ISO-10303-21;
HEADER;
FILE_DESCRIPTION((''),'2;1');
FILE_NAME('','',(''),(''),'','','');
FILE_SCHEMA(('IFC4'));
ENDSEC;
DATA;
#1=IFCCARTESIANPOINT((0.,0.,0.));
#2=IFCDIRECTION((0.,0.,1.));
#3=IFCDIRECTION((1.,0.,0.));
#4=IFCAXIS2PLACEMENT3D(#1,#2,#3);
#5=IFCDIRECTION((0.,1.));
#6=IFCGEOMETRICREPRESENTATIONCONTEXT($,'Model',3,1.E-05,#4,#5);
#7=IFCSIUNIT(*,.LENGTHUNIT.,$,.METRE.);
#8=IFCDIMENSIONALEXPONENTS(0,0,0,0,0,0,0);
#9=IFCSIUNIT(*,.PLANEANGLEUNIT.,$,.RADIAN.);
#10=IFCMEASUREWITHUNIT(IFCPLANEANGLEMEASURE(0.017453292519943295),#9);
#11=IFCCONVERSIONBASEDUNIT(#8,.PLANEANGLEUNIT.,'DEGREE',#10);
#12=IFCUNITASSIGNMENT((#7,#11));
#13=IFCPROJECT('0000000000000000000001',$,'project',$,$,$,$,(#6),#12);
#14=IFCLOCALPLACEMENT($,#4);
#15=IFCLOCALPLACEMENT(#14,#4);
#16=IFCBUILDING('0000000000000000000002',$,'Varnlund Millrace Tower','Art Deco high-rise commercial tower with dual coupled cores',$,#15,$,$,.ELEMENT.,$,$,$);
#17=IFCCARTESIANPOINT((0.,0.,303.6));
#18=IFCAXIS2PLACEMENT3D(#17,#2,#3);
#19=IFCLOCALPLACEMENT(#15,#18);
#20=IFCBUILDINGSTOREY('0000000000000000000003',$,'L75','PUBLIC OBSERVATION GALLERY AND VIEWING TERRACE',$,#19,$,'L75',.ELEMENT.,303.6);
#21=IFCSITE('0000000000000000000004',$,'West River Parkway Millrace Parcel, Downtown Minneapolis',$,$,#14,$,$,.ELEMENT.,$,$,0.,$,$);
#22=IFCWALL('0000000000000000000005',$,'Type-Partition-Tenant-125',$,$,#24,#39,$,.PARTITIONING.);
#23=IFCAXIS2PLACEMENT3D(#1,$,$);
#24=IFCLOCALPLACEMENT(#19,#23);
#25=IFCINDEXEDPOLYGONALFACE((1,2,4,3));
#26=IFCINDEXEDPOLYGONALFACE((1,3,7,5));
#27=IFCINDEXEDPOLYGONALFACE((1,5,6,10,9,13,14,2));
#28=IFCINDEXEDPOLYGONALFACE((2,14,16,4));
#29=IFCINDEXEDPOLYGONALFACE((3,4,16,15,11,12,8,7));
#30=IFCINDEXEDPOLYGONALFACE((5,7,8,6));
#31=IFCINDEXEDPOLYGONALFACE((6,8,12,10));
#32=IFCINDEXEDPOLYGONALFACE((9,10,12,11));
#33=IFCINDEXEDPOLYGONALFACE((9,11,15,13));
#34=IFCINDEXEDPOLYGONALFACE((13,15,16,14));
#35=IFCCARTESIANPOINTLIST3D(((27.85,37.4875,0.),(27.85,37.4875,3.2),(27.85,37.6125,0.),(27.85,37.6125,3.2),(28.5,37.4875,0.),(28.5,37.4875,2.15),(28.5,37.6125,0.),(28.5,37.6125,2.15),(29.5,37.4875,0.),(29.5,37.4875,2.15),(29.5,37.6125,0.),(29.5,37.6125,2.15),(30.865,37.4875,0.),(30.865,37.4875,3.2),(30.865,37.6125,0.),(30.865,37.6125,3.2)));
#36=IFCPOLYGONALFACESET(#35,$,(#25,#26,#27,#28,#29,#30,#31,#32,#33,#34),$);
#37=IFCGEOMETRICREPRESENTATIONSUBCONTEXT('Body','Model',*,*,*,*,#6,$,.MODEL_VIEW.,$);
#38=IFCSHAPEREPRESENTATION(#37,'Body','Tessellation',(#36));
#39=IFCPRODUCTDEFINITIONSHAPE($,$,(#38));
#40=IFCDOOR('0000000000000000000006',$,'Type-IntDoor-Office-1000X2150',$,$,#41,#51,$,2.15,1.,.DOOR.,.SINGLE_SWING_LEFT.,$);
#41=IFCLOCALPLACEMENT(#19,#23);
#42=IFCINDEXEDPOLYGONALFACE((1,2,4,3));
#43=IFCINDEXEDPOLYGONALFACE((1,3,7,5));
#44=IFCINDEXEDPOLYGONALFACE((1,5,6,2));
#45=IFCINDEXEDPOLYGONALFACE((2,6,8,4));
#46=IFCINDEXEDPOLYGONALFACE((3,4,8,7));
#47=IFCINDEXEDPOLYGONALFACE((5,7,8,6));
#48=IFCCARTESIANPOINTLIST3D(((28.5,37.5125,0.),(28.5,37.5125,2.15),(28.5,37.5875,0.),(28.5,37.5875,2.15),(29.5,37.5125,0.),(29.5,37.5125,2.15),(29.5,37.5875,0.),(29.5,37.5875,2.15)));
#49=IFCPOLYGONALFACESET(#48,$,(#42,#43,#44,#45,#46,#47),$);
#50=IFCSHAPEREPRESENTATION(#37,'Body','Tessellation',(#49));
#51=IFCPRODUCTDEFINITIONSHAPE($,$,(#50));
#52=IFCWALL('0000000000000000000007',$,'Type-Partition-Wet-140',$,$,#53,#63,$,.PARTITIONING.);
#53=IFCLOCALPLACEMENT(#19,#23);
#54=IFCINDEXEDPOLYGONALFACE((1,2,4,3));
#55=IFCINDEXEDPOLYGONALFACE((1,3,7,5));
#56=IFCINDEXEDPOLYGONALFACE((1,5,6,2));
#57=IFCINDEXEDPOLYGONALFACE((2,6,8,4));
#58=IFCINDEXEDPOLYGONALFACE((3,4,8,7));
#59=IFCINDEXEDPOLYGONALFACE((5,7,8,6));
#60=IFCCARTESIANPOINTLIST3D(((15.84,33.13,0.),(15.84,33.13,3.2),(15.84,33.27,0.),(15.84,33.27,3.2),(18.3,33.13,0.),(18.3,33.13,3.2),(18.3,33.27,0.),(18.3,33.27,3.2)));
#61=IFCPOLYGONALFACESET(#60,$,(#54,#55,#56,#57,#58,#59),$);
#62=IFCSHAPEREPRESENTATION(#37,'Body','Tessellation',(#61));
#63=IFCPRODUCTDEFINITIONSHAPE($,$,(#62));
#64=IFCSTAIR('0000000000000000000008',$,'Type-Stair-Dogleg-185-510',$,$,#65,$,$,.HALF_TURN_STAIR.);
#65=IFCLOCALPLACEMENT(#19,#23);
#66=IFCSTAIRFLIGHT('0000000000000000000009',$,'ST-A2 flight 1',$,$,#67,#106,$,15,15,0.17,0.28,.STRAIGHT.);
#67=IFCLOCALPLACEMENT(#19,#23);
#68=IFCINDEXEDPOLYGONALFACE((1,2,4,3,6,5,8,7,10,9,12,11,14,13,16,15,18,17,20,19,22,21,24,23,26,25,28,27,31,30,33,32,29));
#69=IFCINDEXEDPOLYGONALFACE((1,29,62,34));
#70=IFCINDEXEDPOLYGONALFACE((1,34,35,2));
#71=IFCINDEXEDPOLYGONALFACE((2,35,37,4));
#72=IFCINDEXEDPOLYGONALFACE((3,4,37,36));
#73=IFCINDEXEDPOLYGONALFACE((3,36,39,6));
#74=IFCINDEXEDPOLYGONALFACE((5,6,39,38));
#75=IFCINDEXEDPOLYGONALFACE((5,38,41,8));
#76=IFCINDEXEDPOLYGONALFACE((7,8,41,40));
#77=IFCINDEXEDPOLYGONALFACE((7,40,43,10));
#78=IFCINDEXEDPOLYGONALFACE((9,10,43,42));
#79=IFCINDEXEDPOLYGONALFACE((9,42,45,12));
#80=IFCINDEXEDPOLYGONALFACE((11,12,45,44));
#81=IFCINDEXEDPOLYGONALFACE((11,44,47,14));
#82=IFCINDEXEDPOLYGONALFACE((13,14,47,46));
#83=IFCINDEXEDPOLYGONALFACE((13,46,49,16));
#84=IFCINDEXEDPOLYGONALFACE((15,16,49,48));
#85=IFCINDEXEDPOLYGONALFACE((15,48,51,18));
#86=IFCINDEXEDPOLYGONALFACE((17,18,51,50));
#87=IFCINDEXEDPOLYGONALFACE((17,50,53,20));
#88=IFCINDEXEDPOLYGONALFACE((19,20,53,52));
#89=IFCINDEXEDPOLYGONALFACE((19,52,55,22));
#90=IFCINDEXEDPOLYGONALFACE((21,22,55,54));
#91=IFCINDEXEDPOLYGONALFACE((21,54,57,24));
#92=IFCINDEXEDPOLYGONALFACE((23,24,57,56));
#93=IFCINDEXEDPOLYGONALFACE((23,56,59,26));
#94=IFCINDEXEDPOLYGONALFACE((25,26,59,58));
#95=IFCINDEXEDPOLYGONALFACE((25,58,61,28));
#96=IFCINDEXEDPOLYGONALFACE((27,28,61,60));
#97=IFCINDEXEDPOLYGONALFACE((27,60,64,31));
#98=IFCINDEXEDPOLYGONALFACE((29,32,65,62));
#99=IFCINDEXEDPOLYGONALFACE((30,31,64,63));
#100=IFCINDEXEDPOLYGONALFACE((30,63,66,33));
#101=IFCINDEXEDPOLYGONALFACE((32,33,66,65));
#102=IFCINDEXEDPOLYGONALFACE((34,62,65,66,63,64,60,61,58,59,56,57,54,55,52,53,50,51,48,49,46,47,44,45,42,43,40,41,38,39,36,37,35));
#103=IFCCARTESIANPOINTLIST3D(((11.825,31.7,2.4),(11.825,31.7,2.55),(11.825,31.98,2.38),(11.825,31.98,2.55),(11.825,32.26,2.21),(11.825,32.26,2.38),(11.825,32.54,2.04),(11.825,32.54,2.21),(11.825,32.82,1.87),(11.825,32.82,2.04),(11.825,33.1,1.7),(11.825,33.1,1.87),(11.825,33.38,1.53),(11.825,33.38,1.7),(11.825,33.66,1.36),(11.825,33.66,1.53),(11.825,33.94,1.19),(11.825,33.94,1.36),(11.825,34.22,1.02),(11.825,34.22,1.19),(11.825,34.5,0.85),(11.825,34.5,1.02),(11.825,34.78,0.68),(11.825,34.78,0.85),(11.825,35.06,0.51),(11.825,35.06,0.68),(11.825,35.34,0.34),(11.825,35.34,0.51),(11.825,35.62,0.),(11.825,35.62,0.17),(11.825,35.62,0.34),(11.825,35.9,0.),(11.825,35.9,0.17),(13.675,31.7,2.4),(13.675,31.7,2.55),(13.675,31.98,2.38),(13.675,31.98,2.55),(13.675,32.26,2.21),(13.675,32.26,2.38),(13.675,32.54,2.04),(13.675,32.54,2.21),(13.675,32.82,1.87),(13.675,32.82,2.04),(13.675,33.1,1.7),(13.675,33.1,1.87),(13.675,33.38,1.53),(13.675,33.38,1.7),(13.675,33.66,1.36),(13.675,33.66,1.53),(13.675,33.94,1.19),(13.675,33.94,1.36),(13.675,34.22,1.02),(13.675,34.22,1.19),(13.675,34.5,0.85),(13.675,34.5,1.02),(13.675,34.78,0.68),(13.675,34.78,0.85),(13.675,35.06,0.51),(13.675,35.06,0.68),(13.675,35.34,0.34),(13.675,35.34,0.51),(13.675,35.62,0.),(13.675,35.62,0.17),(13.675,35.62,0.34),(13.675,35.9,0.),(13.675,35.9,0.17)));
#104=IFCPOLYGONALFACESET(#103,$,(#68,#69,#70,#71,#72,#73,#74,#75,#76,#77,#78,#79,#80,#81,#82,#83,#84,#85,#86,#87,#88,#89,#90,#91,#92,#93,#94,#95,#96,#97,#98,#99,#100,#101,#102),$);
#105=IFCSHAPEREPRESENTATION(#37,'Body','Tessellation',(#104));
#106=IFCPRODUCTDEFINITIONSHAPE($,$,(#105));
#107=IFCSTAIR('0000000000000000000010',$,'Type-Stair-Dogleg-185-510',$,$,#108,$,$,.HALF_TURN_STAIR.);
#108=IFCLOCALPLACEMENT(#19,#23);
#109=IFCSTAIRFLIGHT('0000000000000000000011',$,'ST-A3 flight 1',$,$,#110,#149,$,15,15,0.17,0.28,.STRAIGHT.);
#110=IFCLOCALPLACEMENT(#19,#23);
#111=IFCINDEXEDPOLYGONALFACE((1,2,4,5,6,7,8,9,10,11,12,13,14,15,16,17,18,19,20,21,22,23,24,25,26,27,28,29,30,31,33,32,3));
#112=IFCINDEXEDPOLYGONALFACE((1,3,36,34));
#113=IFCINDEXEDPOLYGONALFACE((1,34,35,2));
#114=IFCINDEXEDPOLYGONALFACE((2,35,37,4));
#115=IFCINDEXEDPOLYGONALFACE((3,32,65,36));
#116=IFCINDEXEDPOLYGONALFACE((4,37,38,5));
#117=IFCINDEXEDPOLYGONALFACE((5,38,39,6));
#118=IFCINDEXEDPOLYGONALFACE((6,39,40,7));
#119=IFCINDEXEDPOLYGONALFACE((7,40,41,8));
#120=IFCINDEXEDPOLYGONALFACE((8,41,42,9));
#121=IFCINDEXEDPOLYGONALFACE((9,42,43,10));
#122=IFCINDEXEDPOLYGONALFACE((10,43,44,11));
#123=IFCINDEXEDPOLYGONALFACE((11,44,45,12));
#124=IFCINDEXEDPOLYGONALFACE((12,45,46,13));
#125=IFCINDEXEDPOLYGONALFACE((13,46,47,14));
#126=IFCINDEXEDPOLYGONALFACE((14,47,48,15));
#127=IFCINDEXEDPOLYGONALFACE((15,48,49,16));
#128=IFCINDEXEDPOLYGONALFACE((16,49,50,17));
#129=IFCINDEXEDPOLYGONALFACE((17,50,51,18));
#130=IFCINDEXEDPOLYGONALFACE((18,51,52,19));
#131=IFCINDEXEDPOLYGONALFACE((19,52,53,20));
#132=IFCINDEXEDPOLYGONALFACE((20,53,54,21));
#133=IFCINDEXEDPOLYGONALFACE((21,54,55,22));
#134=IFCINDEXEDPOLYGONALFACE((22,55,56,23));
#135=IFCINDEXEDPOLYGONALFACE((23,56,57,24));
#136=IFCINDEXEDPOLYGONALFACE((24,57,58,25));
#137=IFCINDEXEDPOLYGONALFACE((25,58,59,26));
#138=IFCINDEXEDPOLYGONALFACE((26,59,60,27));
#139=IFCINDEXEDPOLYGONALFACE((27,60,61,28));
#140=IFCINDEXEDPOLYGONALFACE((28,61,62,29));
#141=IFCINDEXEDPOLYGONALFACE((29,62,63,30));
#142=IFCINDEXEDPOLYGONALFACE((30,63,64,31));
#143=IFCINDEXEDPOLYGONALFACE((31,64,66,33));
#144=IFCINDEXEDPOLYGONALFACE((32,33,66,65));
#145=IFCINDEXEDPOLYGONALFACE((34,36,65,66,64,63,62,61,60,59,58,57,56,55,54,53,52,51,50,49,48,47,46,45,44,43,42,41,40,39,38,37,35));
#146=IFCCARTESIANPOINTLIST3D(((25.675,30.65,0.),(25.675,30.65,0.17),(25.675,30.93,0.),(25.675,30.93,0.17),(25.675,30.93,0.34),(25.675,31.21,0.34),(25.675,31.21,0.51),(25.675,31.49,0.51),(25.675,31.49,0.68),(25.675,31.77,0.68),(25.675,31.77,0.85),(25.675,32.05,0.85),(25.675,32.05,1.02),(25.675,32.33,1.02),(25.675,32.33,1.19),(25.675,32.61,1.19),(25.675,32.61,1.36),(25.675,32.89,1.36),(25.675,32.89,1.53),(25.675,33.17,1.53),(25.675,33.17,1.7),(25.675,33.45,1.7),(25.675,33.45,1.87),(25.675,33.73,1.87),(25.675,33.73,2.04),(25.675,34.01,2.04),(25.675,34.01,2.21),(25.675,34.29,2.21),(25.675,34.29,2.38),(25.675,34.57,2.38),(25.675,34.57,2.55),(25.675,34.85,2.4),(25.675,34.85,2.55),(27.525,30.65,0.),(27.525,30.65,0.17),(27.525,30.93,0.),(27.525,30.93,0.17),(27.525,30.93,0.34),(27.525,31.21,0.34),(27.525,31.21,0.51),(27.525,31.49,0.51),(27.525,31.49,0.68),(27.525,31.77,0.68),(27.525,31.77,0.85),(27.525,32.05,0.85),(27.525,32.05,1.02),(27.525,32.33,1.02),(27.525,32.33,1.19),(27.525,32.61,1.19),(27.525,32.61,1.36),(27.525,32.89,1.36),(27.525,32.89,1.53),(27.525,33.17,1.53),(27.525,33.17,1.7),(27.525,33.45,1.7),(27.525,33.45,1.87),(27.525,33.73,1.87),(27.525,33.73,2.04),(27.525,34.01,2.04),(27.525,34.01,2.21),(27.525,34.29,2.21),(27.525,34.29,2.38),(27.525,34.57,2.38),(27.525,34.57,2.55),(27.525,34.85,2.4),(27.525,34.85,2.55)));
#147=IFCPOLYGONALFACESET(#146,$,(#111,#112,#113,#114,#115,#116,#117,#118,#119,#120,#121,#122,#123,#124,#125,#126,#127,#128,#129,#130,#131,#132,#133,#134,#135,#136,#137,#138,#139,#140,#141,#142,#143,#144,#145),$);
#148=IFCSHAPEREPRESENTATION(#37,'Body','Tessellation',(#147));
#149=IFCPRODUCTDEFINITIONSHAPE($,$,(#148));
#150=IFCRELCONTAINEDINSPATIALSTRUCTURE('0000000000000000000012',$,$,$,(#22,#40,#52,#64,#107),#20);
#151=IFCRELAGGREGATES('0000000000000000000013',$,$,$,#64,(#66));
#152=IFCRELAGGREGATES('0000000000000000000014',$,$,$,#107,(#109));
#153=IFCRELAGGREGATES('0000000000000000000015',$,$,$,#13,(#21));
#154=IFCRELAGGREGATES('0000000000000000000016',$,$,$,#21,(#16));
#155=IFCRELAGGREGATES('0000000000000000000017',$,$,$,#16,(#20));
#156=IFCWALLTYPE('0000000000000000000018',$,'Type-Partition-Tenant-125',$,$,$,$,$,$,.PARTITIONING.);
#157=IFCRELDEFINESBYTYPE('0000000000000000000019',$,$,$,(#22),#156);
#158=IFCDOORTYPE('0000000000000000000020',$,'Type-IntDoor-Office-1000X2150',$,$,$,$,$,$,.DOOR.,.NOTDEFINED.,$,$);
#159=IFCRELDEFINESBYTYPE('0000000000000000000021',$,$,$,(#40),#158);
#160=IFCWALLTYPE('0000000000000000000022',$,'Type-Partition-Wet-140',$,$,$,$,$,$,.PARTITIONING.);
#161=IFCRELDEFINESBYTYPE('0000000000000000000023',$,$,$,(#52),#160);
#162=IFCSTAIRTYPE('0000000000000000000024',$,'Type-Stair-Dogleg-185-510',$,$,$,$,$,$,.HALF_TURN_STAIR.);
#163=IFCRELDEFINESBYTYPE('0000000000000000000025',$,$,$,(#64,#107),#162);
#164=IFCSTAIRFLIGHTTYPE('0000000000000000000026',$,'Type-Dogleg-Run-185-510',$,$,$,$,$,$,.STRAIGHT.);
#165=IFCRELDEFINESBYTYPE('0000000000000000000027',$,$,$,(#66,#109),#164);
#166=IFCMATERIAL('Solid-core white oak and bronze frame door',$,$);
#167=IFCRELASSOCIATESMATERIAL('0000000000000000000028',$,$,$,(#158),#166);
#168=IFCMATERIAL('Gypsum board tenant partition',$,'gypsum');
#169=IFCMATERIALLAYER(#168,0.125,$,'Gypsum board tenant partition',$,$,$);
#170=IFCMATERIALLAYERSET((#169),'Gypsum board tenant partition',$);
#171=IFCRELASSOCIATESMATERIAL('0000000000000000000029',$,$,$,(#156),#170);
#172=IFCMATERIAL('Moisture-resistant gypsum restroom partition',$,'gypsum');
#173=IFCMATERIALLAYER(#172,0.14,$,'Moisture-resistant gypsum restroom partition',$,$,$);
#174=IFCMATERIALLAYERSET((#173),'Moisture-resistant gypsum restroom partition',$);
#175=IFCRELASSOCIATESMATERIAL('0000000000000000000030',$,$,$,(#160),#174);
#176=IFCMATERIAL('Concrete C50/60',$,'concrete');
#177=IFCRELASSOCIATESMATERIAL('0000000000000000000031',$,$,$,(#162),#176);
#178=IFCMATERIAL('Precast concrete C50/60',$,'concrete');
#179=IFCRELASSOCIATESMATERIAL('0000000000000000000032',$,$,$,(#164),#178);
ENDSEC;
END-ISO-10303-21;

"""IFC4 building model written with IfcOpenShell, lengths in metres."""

from ifc_helpers import new_model, entity, si_unit, converted_unit, direction, frame, origin_with_axes, origin_2d_with_axis, place, context, subcontext, project, spatial, polyline, rectangle, outline, extrude, material, layer, layer_set, type_object, element, fill, aggregate, save


model = new_model("IFC4")

# Units and contexts
model_context = context("Model", 3, precision=1e-05, world=origin_with_axes(), true_north=direction((0.0, 1.0)))
body_context = subcontext(model_context, "Body", "Model", "MODEL_VIEW")
ifc_project = project(units=[si_unit("LENGTHUNIT", "METRE"), converted_unit("PLANEANGLEUNIT", "DEGREE", entity("IfcPlaneAngleMeasure", 0.017453292519943295), si_unit("PLANEANGLEUNIT", "RADIAN"), dimensions=[0, 0, 0, 0, 0, 0, 0])], contexts=[model_context])

# Site, building, storey
site_placement = place(None, origin_with_axes())
site = spatial("IfcSite", under=ifc_project, at=site_placement, Name="West River Parkway Millrace Parcel, Downtown Minneapolis", CompositionType="ELEMENT", RefElevation=0.0)
building_placement = place(site_placement, origin_with_axes())
building = spatial("IfcBuilding", under=site, at=building_placement, Name="Varnlund Millrace Tower", Description="Art Deco high-rise commercial tower with dual coupled cores", CompositionType="ELEMENT")
storey_placement = place(building_placement, frame((0.0, 0.0, 303.6), z_axis=(0.0, 0.0, 1.0), x_axis=(1.0, 0.0, 0.0)))
storey = spatial("IfcBuildingStorey", under=building, at=storey_placement, Name="L75", Description="PUBLIC OBSERVATION GALLERY AND VIEWING TERRACE", LongName="L75", CompositionType="ELEMENT", Elevation=303.6)

# Shared definitions
ifc_material_1 = material(Name="Solid-core white oak and bronze frame door")
door_type_1 = type_object("IfcDoorType", Name="Type-IntDoor-Office-1000X2150", OperationType="NOTDEFINED", PredefinedType="DOOR", material=ifc_material_1)

# Wall, opening, door
ifc_material_2 = material(Name="Gypsum board tenant partition", Category="gypsum")
ifc_layer_1 = layer(ifc_material_2, 0.125, Name="Gypsum board tenant partition")
ifc_layer_set_1 = layer_set([ifc_layer_1], Name="Gypsum board tenant partition")
wall_type_1 = type_object("IfcWallType", Name="Type-Partition-Tenant-125", PredefinedType="PARTITIONING", material=ifc_layer_set_1)
wall_1_placement = place(storey_placement, frame((27.85, 37.55, 0.0), z_axis=(0.0, 0.0, 1.0), x_axis=(1.0, 0.0, 0.0)))
wall_1 = element("IfcWall", 1, at=wall_1_placement, inside=storey, type_object=wall_type_1, Name="Type-Partition-Tenant-125", PredefinedType="PARTITIONING", context=body_context, shape_type="SweptSolid", body=[
    extrude(outline(polyline([(0.0, -0.0625), (3.015, -0.0625), (3.015, 0.0625), (0.0, 0.0625), (0.0, -0.0625)])), origin_with_axes(), (0.0, 0.0, 1.0), 3.2),
])
opening_1_placement = place(wall_1_placement, frame((1.15, 0.0, 0.0), z_axis=(0.0, 0.0, 1.0), x_axis=(1.0, 0.0, 0.0)))
opening_1 = element("IfcOpeningElement", 2, at=opening_1_placement, cuts=wall_1, PredefinedType="OPENING", context=body_context, shape_type="SweptSolid", body=[
    extrude(rectangle(XDim=1.0, YDim=0.145, at=origin_2d_with_axis()), origin_with_axes(), (0.0, 0.0, 1.0), 2.15),
])
door_1_placement = place(wall_1_placement, frame((1.15, 0.0, 0.0), z_axis=(0.0, 0.0, 1.0), x_axis=(1.0, 0.0, 0.0)))
door_1 = element("IfcDoor", 3, at=door_1_placement, inside=storey, type_object=door_type_1, Name="Type-IntDoor-Office-1000X2150", OperationType="SINGLE_SWING_LEFT", OverallHeight=2.15, OverallWidth=1.0, PredefinedType="DOOR", context=body_context, shape_type="SweptSolid", body=[
    extrude(rectangle(XDim=1.0, YDim=0.075, at=origin_2d_with_axis()), origin_with_axes(), (0.0, 0.0, 1.0), 2.15),
])
fill(opening_1, door_1)

# Wall
ifc_material_3 = material(Name="Moisture-resistant gypsum restroom partition", Category="gypsum")
ifc_layer_2 = layer(ifc_material_3, 0.14, Name="Moisture-resistant gypsum restroom partition")
ifc_layer_set_2 = layer_set([ifc_layer_2], Name="Moisture-resistant gypsum restroom partition")
wall_type_2 = type_object("IfcWallType", Name="Type-Partition-Wet-140", PredefinedType="PARTITIONING", material=ifc_layer_set_2)
wall_2_placement = place(storey_placement, frame((15.84, 33.2, 0.0), z_axis=(0.0, 0.0, 1.0), x_axis=(1.0, 0.0, 0.0)))
element("IfcWall", 4, at=wall_2_placement, inside=storey, type_object=wall_type_2, Name="Type-Partition-Wet-140", PredefinedType="PARTITIONING", context=body_context, shape_type="SweptSolid", body=[
    extrude(outline(polyline([(0.0, -0.07), (2.46, -0.07), (2.46, 0.07), (0.0, 0.07), (0.0, -0.07)])), origin_with_axes(), (0.0, 0.0, 1.0), 3.2),
])

# Stairs, stair flights
ifc_material_4 = material(Name="Concrete C50/60", Category="concrete")
stair_type = type_object("IfcStairType", Name="Type-Stair-Dogleg-185-510", PredefinedType="HALF_TURN_STAIR", material=ifc_material_4)
stair_1_placement = place(storey_placement, origin_with_axes())
stair_1 = element("IfcStair", 5, at=stair_1_placement, inside=storey, type_object=stair_type, Name="Type-Stair-Dogleg-185-510", PredefinedType="HALF_TURN_STAIR")
ifc_material_5 = material(Name="Precast concrete C50/60", Category="concrete")
stair_flight_type = type_object("IfcStairFlightType", Name="Type-Dogleg-Run-185-510", PredefinedType="STRAIGHT", material=ifc_material_5)
stair_flight_1_placement = place(storey_placement, frame((13.675, 35.9, 0.0), z_axis=(-1.0, 0.0, 0.0), x_axis=(0.0, -1.0, 0.0)))
stair_flight_1 = element("IfcStairFlight", 6, at=stair_flight_1_placement, type_object=stair_flight_type, Name="ST-A2 flight 1", NumberOfRisers=15, NumberOfTreads=15, PredefinedType="STRAIGHT", RiserHeight=0.17, TreadLength=0.28, context=body_context, shape_type="SweptSolid", body=[
    extrude(outline(polyline([(0.0, 0.0), (0.0, 0.17), (0.28, 0.17), (0.28, 0.34), (0.56, 0.34), (0.56, 0.51), (0.84, 0.51), (0.84, 0.68), (1.12, 0.68), (1.12, 0.85), (1.4, 0.85), (1.4, 1.02), (1.68, 1.02), (1.68, 1.19), (1.96, 1.19), (1.96, 1.36), (2.24, 1.36), (2.24, 1.53), (2.52, 1.53), (2.52, 1.7), (2.8, 1.7), (2.8, 1.87), (3.08, 1.87), (3.08, 2.04), (3.36, 2.04), (3.36, 2.21), (3.64, 2.21), (3.64, 2.38), (3.92, 2.38), (3.92, 2.55), (4.2, 2.55), (4.2, 2.4), (0.28, 0.0), (0.0, 0.0)])), origin_with_axes(), (0.0, 0.0, 1.0), 1.85),
])
aggregate(stair_1, [stair_flight_1])
stair_2_placement = place(storey_placement, origin_with_axes())
stair_2 = element("IfcStair", 7, at=stair_2_placement, inside=storey, type_object=stair_type, Name="Type-Stair-Dogleg-185-510", PredefinedType="HALF_TURN_STAIR")
stair_flight_2_placement = place(storey_placement, frame((25.675, 30.65, 0.0), z_axis=(1.0, 0.0, 0.0), x_axis=(0.0, 1.0, 0.0)))
stair_flight_2 = element("IfcStairFlight", 8, at=stair_flight_2_placement, type_object=stair_flight_type, Name="ST-A3 flight 1", NumberOfRisers=15, NumberOfTreads=15, PredefinedType="STRAIGHT", RiserHeight=0.17, TreadLength=0.28, context=body_context, shape_type="SweptSolid", body=[
    extrude(outline(polyline([(0.0, 0.0), (0.0, 0.17), (0.28, 0.17), (0.28, 0.34), (0.56, 0.34), (0.56, 0.51), (0.84, 0.51), (0.84, 0.68), (1.12, 0.68), (1.12, 0.85), (1.4, 0.85), (1.4, 1.02), (1.68, 1.02), (1.68, 1.19), (1.96, 1.19), (1.96, 1.36), (2.24, 1.36), (2.24, 1.53), (2.52, 1.53), (2.52, 1.7), (2.8, 1.7), (2.8, 1.87), (3.08, 1.87), (3.08, 2.04), (3.36, 2.04), (3.36, 2.21), (3.64, 2.21), (3.64, 2.38), (3.92, 2.38), (3.92, 2.55), (4.2, 2.55), (4.2, 2.4), (0.28, 0.0), (0.0, 0.0)])), origin_with_axes(), (0.0, 0.0, 1.0), 1.85),
])
aggregate(stair_2, [stair_flight_2])

save(model, "model.ifc")
